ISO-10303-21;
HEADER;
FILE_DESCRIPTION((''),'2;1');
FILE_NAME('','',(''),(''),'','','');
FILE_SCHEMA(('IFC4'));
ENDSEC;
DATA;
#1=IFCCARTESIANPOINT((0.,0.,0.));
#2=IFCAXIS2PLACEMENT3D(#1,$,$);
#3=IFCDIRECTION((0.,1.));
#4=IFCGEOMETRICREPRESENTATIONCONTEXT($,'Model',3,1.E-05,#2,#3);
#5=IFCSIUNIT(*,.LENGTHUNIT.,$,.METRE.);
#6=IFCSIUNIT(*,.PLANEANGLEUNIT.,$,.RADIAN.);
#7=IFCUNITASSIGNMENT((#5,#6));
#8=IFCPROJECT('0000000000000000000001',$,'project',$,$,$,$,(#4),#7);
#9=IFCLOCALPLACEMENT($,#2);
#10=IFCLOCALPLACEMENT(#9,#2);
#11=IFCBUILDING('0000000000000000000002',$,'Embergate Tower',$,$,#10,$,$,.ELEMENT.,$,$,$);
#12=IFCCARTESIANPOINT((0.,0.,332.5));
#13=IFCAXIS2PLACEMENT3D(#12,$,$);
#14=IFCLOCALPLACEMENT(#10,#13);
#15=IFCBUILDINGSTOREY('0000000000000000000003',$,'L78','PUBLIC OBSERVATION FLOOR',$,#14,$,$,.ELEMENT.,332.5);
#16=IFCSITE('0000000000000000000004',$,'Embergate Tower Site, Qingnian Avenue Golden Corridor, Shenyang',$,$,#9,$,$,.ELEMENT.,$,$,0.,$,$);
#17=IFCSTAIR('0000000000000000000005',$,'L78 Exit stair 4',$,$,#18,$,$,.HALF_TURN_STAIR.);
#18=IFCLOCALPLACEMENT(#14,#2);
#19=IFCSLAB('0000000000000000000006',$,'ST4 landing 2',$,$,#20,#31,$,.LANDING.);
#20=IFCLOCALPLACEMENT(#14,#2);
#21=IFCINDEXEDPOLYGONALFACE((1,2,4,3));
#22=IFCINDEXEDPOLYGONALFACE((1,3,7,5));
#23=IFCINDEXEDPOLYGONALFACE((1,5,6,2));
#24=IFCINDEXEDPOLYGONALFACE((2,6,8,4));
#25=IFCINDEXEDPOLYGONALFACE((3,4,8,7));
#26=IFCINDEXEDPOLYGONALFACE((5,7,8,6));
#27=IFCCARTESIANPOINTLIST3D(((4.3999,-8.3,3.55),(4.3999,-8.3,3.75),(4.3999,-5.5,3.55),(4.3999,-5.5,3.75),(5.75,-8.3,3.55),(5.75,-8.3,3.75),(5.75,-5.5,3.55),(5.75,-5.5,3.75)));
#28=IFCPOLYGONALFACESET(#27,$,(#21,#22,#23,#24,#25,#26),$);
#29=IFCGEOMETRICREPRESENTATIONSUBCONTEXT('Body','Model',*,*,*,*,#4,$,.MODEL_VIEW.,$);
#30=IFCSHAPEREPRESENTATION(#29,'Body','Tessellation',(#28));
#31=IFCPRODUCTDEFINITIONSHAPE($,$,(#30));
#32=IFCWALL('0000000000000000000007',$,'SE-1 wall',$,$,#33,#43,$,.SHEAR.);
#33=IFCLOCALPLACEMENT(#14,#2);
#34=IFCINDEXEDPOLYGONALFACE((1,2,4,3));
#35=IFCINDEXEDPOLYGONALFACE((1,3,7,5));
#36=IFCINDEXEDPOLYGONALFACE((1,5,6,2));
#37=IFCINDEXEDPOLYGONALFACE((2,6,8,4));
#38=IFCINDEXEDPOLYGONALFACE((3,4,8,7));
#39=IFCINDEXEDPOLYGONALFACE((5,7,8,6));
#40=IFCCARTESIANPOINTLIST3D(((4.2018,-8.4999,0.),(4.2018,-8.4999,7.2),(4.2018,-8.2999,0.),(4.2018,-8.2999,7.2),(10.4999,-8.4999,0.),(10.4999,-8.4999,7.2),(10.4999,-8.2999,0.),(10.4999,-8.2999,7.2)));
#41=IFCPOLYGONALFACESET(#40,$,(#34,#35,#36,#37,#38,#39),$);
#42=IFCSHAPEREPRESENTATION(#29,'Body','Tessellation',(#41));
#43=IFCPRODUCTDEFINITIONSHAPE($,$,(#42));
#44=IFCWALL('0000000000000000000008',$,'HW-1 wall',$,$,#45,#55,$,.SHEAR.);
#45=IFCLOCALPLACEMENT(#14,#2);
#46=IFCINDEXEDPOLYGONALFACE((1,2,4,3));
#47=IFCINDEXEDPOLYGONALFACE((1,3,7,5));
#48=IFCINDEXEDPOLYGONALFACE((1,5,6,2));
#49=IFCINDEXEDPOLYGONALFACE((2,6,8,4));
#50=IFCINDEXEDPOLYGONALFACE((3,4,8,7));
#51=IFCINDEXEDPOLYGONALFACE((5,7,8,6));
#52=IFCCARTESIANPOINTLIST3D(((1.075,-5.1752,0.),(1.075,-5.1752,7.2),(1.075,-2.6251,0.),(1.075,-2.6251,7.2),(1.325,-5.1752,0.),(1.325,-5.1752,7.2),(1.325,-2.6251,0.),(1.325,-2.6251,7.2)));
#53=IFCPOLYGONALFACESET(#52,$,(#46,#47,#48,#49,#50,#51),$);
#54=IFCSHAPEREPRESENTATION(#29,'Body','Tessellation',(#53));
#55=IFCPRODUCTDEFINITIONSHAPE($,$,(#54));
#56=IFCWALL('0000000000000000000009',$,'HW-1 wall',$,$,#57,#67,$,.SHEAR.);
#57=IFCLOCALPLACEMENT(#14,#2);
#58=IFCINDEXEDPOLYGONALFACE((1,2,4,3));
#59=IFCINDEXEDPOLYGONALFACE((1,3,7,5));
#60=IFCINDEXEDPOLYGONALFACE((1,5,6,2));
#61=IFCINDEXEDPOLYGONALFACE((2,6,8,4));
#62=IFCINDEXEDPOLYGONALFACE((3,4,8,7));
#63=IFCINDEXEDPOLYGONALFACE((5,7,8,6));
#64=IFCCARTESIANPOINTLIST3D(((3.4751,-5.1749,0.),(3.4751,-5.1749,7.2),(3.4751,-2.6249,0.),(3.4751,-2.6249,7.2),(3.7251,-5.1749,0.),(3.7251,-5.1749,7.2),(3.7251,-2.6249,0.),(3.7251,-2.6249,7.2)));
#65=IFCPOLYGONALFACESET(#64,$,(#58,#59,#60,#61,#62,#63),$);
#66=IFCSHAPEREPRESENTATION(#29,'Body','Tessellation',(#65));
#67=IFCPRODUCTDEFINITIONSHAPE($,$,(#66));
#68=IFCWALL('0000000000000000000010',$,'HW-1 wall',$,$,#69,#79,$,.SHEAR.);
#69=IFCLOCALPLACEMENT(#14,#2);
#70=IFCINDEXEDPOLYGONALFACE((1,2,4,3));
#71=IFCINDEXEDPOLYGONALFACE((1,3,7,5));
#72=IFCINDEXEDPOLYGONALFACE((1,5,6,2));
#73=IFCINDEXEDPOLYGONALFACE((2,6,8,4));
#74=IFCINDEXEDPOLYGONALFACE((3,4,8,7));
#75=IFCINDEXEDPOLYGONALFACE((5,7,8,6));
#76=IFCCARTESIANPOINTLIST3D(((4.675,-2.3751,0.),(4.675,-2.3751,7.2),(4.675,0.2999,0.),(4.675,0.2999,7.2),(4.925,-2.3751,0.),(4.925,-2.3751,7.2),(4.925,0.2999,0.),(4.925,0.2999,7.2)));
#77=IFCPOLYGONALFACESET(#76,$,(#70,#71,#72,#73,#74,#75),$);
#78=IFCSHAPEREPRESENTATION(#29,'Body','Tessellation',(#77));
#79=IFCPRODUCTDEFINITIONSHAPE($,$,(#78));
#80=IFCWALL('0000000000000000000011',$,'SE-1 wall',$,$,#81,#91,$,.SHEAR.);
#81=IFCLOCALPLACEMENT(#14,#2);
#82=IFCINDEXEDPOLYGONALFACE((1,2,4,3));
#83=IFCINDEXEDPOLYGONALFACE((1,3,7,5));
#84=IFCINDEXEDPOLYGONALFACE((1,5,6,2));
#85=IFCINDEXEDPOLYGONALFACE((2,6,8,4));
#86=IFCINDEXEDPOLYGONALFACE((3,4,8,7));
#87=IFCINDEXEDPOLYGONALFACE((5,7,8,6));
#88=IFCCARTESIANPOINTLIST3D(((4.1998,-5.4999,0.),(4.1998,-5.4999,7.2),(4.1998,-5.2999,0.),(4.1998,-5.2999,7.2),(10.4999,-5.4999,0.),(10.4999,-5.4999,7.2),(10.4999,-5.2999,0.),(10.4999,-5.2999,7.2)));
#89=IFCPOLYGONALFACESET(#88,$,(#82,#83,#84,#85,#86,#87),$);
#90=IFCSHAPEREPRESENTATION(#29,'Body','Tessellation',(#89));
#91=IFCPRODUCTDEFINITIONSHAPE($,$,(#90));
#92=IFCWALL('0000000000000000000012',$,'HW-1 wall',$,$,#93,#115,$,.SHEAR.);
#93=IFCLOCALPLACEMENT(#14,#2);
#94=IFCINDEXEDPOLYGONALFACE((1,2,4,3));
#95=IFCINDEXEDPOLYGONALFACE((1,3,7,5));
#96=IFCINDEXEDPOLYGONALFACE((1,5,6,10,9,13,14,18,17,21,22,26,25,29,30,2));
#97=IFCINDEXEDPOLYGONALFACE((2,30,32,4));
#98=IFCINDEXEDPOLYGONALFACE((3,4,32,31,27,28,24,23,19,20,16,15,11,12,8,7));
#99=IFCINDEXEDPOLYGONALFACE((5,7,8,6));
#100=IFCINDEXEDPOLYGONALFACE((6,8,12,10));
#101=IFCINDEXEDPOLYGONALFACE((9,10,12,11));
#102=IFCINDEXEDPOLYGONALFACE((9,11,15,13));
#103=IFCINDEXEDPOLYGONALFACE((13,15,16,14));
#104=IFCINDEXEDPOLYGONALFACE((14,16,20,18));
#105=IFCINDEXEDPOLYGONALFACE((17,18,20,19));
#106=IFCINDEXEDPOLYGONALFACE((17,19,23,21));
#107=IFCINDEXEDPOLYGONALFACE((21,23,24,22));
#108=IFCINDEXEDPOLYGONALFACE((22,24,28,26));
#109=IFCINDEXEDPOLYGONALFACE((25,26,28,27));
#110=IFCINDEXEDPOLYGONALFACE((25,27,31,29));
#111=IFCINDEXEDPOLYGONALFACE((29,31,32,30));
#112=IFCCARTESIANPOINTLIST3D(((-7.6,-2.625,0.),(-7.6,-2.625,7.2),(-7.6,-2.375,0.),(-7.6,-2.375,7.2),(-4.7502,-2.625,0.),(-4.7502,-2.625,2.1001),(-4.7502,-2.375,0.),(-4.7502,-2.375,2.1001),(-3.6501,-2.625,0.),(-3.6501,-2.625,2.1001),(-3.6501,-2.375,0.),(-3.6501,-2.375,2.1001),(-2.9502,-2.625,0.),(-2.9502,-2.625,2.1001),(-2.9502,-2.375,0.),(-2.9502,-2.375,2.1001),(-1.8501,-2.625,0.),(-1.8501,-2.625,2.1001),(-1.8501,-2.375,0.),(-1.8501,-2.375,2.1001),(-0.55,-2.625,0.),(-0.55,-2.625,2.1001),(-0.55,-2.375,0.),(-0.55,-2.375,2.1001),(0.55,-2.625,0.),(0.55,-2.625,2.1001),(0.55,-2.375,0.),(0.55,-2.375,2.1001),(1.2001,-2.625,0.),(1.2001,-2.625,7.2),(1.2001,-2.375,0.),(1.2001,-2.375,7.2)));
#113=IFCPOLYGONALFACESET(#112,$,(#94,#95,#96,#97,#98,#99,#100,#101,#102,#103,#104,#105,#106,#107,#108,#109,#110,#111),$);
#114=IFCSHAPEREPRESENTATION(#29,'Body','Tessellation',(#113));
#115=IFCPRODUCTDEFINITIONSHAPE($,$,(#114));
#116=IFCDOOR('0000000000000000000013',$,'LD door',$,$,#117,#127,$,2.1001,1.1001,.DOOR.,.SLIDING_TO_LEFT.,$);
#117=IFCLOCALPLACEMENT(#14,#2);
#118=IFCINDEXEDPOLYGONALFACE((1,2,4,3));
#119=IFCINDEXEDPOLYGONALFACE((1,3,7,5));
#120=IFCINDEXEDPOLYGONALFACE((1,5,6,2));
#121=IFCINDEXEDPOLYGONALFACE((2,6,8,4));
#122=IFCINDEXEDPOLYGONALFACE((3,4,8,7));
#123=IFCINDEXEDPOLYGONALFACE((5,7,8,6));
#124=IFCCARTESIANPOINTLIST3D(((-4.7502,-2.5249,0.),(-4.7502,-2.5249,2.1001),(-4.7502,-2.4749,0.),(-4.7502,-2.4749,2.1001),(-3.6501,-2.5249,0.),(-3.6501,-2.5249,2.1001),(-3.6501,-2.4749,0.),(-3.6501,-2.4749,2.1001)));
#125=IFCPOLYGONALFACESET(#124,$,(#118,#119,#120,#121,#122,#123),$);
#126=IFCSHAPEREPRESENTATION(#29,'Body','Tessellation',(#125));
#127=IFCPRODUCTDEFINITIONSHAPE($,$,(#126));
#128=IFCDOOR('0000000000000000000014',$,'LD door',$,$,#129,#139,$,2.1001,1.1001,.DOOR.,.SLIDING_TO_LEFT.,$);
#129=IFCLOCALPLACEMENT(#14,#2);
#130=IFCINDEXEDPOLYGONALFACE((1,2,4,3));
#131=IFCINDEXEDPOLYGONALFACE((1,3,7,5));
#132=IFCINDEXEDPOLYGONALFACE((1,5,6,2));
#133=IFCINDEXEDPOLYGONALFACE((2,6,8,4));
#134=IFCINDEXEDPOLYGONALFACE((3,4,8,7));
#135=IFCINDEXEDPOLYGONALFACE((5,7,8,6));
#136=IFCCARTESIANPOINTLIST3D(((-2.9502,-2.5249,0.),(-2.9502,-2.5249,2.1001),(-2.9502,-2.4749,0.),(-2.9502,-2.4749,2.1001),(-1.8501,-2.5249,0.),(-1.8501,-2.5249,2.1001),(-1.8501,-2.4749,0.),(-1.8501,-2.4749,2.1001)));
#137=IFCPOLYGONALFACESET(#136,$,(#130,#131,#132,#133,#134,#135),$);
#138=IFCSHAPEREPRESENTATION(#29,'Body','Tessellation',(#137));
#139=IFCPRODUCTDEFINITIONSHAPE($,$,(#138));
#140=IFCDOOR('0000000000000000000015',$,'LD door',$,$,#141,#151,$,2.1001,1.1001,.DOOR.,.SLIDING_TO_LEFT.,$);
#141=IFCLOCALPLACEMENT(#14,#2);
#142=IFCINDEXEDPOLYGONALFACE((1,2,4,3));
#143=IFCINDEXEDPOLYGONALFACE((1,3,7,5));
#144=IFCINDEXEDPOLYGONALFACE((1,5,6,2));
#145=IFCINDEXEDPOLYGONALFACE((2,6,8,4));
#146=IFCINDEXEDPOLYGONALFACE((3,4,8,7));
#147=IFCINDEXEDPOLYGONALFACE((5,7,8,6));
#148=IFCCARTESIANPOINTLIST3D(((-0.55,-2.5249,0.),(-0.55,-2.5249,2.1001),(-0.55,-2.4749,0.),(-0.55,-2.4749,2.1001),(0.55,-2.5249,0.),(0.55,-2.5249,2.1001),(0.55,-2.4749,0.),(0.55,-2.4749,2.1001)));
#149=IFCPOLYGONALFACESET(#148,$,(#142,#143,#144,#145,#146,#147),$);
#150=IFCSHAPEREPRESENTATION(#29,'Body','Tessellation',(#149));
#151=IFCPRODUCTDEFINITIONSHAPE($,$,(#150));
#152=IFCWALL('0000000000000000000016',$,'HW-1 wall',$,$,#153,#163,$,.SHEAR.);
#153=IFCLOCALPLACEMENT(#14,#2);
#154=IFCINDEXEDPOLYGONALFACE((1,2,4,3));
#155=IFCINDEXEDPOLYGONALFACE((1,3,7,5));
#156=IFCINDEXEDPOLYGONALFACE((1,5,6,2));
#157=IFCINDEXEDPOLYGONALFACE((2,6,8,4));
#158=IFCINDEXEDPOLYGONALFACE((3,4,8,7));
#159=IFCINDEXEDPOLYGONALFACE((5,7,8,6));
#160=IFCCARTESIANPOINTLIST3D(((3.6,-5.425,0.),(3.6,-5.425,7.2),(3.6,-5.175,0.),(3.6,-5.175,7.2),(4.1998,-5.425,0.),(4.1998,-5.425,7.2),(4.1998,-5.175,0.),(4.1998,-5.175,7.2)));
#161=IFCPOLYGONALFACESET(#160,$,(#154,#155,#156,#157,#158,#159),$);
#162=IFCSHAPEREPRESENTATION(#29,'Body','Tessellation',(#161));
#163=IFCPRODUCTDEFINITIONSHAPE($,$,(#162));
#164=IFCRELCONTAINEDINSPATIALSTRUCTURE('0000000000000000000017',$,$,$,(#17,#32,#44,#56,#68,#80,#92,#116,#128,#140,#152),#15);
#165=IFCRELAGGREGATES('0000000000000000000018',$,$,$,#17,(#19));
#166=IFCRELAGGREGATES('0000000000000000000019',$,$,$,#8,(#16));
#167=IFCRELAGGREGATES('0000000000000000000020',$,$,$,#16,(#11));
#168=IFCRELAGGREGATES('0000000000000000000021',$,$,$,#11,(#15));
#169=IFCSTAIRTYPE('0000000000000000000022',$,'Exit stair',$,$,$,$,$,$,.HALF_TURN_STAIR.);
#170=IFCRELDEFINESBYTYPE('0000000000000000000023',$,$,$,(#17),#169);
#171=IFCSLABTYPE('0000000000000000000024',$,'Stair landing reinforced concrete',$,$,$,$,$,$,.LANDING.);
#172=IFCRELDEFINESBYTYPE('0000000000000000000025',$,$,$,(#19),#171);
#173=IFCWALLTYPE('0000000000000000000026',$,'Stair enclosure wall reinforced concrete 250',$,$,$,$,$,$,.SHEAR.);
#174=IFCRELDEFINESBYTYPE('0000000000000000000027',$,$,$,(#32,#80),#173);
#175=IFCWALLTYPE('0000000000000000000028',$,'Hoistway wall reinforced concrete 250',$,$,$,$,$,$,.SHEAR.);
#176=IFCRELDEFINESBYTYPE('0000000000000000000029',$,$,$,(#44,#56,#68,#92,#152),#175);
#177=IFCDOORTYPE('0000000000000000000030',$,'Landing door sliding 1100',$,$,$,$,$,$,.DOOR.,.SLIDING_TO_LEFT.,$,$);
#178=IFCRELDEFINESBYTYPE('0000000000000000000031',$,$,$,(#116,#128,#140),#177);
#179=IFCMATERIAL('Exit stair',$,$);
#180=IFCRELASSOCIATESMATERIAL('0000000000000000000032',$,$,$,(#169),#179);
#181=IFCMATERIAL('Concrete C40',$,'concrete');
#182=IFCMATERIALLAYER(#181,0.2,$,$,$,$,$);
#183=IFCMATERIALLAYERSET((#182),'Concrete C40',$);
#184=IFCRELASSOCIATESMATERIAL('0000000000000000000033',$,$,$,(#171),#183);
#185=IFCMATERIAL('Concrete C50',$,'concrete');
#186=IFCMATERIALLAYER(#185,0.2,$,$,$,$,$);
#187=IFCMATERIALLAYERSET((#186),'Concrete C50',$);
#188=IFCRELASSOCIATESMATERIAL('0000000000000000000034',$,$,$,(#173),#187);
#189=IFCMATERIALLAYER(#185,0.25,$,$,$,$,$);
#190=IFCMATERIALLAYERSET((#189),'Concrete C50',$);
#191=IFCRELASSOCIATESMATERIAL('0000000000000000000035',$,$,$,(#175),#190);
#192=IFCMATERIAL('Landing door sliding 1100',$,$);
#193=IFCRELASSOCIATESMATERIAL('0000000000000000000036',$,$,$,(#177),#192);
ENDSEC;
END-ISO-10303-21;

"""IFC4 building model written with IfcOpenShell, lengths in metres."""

from ifc_helpers import new_model, si_unit, direction, frame, frame_2d, origin, place, context, subcontext, project, spatial, polyline, rectangle, outline, extrude, source, transform, mapped, material, layer, layer_set, type_object, element, fill, aggregate, save


model = new_model("IFC4")

# Units and contexts
model_context = context("Model", 3, precision=1e-05, world=origin(), true_north=direction((0.0, 1.0)))
body_context = subcontext(model_context, "Body", "Model", "MODEL_VIEW")
ifc_project = project(units=[si_unit("LENGTHUNIT", "METRE"), si_unit("PLANEANGLEUNIT", "RADIAN")], contexts=[model_context])

# Site, building, storey
site_placement = place(None, origin())
site = spatial("IfcSite", under=ifc_project, at=site_placement, Name="Embergate Tower Site, Qingnian Avenue Golden Corridor, Shenyang", CompositionType="ELEMENT", RefElevation=0.0)
building_placement = place(site_placement, origin())
building = spatial("IfcBuilding", under=site, at=building_placement, Name="Embergate Tower", CompositionType="ELEMENT")
storey_placement = place(building_placement, frame((0.0, 0.0, 332.5)))
storey = spatial("IfcBuildingStorey", under=building, at=storey_placement, Name="L78", Description="PUBLIC OBSERVATION FLOOR", CompositionType="ELEMENT", Elevation=332.5)

# Stair, slab
ifc_material_1 = material(Name="Exit stair")
stair_type = type_object("IfcStairType", Name="Exit stair", PredefinedType="HALF_TURN_STAIR", material=ifc_material_1)
stair_placement = place(storey_placement, origin())
stair = element("IfcStair", 1, at=stair_placement, inside=storey, type_object=stair_type, Name="L78 Exit stair 4", PredefinedType="HALF_TURN_STAIR")
ifc_material_2 = material(Name="Concrete C40", Category="concrete")
ifc_layer_1 = layer(ifc_material_2, 0.2)
ifc_layer_set_1 = layer_set([ifc_layer_1], Name="Concrete C40")
slab_type = type_object("IfcSlabType", Name="Stair landing reinforced concrete", PredefinedType="LANDING", material=ifc_layer_set_1)
shared_shape_1 = source(origin(), body_context, "Body", "SweptSolid", [
    extrude(outline(polyline([(0.0, 0.0), (1.3501, 0.0), (1.3501, 2.8), (0.0, 2.8), (0.0, 0.0)])), origin(), (0.0, 0.0, 1.0), 0.2),
])
slab_placement = place(storey_placement, frame((4.3999, -8.3, 3.55)))
slab = element("IfcSlab", 2, at=slab_placement, type_object=slab_type, Name="ST4 landing 2", PredefinedType="LANDING", context=body_context, shape_type="MappedRepresentation", body=[
    mapped(shared_shape_1, transform((0.0, 0.0, 0.0))),
])
aggregate(stair, [slab])

# Walls
ifc_material_3 = material(Name="Concrete C50", Category="concrete")
ifc_layer_2 = layer(ifc_material_3, 0.2)
ifc_layer_set_2 = layer_set([ifc_layer_2], Name="Concrete C50")
wall_type_1 = type_object("IfcWallType", Name="Stair enclosure wall reinforced concrete 250", PredefinedType="SHEAR", material=ifc_layer_set_2)
shared_shape_2 = source(origin(), body_context, "Body", "SweptSolid", [
    extrude(rectangle(XDim=6.2981, YDim=0.2, at=frame_2d((3.1489, 0.0))), origin(), (0.0, 0.0, 1.0), 7.2),
])
wall_1_placement = place(storey_placement, frame((4.2019, -8.3999, 0.0), z_axis=(0.0, 0.0, 1.0), x_axis=(1.0, 0.0, 0.0)))
element("IfcWall", 3, at=wall_1_placement, inside=storey, type_object=wall_type_1, Name="SE-1 wall", PredefinedType="SHEAR", context=body_context, shape_type="MappedRepresentation", body=[
    mapped(shared_shape_2, transform((0.0, 0.0, 0.0))),
])
ifc_layer_3 = layer(ifc_material_3, 0.25)
ifc_layer_set_3 = layer_set([ifc_layer_3], Name="Concrete C50")
wall_type_2 = type_object("IfcWallType", Name="Hoistway wall reinforced concrete 250", PredefinedType="SHEAR", material=ifc_layer_set_3)
shared_shape_3 = source(origin(), body_context, "Body", "SweptSolid", [
    extrude(rectangle(XDim=2.55, YDim=0.25, at=frame_2d((1.2749, 0.0))), origin(), (0.0, 0.0, 1.0), 7.2),
])
for number, where, z_axis, x_axis, name in (
    (4, (1.2, -5.175, 0.0), (0.0, 0.0, 1.0), (0.0, 1.0, 0.0), "HW-1 wall"),
    (5, (3.6001, -2.625, 0.0), (0.0, 0.0, 1.0), (0.0, -1.0, 0.0), "HW-1 wall"),
):
    element("IfcWall", number, at=place(storey_placement, frame(where, z_axis=z_axis, x_axis=x_axis)), inside=storey, type_object=wall_type_2, Name=name, PredefinedType="SHEAR", context=body_context, shape_type="MappedRepresentation", body=[
        mapped(shared_shape_3, transform((0.0, 0.0, 0.0))),
    ])
shared_shape_4 = source(origin(), body_context, "Body", "SweptSolid", [
    extrude(rectangle(XDim=2.675, YDim=0.25, at=frame_2d((1.3374, 0.0))), origin(), (0.0, 0.0, 1.0), 7.2),
])
wall_2_placement = place(storey_placement, frame((4.8, -2.375, 0.0), z_axis=(0.0, 0.0, 1.0), x_axis=(0.0, 1.0, 0.0)))
element("IfcWall", 6, at=wall_2_placement, inside=storey, type_object=wall_type_2, Name="HW-1 wall", PredefinedType="SHEAR", context=body_context, shape_type="MappedRepresentation", body=[
    mapped(shared_shape_4, transform((0.0, 0.0, 0.0))),
])
shared_shape_5 = source(origin(), body_context, "Body", "SweptSolid", [
    extrude(rectangle(XDim=6.3, YDim=0.2, at=frame_2d((3.1499, 0.0))), origin(), (0.0, 0.0, 1.0), 7.2),
])
wall_3_placement = place(storey_placement, frame((4.2, -5.3999, 0.0), z_axis=(0.0, 0.0, 1.0), x_axis=(1.0, 0.0, 0.0)))
element("IfcWall", 7, at=wall_3_placement, inside=storey, type_object=wall_type_1, Name="SE-1 wall", PredefinedType="SHEAR", context=body_context, shape_type="MappedRepresentation", body=[
    mapped(shared_shape_5, transform((0.0, 0.0, 0.0))),
])

# Wall, openings, doors
shared_shape_6 = source(origin(), body_context, "Body", "SweptSolid", [
    extrude(rectangle(XDim=8.8, YDim=0.25, at=frame_2d((4.3999, 0.0))), origin(), (0.0, 0.0, 1.0), 7.2),
])
wall_4_placement = place(storey_placement, frame((1.2, -2.5, 0.0), z_axis=(0.0, 0.0, 1.0), x_axis=(-1.0, 0.0, 0.0)))
wall_4 = element("IfcWall", 8, at=wall_4_placement, inside=storey, type_object=wall_type_2, Name="HW-1 wall", PredefinedType="SHEAR", context=body_context, shape_type="MappedRepresentation", body=[
    mapped(shared_shape_6, transform((0.0, 0.0, 0.0))),
])
shared_shape_7 = source(origin(), body_context, "Body", "SweptSolid", [
    extrude(rectangle(XDim=1.1001, YDim=2.1001, at=frame_2d((0.55, 1.05))), frame((0.0, 0.135, 0.0), z_axis=(0.0, -1.0, 0.0), x_axis=(1.0, 0.0, 0.0)), (0.0, 0.0, 1.0), 0.27),
])
opening_1_placement = place(wall_4_placement, frame((4.8501, 0.0, 0.0)))
opening_1 = element("IfcOpeningElement", 9, at=opening_1_placement, cuts=wall_4, PredefinedType="OPENING", context=body_context, shape_type="MappedRepresentation", body=[
    mapped(shared_shape_7, transform((0.0, 0.0, 0.0))),
])
opening_2_placement = place(wall_4_placement, frame((3.05, 0.0, 0.0)))
opening_2 = element("IfcOpeningElement", 10, at=opening_2_placement, cuts=wall_4, PredefinedType="OPENING", context=body_context, shape_type="MappedRepresentation", body=[
    mapped(shared_shape_7, transform((0.0, 0.0, 0.0))),
])
opening_3_placement = place(wall_4_placement, frame((0.6499, 0.0, 0.0)))
opening_3 = element("IfcOpeningElement", 11, at=opening_3_placement, cuts=wall_4, PredefinedType="OPENING", context=body_context, shape_type="MappedRepresentation", body=[
    mapped(shared_shape_7, transform((0.0, 0.0, 0.0))),
])
ifc_material_4 = material(Name="Landing door sliding 1100")
door_type_1 = type_object("IfcDoorType", Name="Landing door sliding 1100", OperationType="SLIDING_TO_LEFT", PredefinedType="DOOR", material=ifc_material_4)
shared_shape_8 = source(origin(), body_context, "Body", "SweptSolid", [
    extrude(rectangle(XDim=1.1001, YDim=2.1001, at=frame_2d((0.55, 1.05))), frame((0.0, 0.0249, 0.0), z_axis=(0.0, -1.0, 0.0), x_axis=(1.0, 0.0, 0.0)), (0.0, 0.0, 1.0), 0.05),
])
door_1_placement = place(opening_1_placement, origin())
door_1 = element("IfcDoor", 12, at=door_1_placement, inside=storey, type_object=door_type_1, Name="LD door", OperationType="SLIDING_TO_LEFT", OverallHeight=2.1001, OverallWidth=1.1001, PredefinedType="DOOR", context=body_context, shape_type="MappedRepresentation", body=[
    mapped(shared_shape_8, transform((0.0, 0.0, 0.0))),
])
fill(opening_1, door_1)
door_2_placement = place(opening_2_placement, origin())
door_2 = element("IfcDoor", 13, at=door_2_placement, inside=storey, type_object=door_type_1, Name="LD door", OperationType="SLIDING_TO_LEFT", OverallHeight=2.1001, OverallWidth=1.1001, PredefinedType="DOOR", context=body_context, shape_type="MappedRepresentation", body=[
    mapped(shared_shape_8, transform((0.0, 0.0, 0.0))),
])
fill(opening_2, door_2)
door_3_placement = place(opening_3_placement, origin())
door_3 = element("IfcDoor", 14, at=door_3_placement, inside=storey, type_object=door_type_1, Name="LD door", OperationType="SLIDING_TO_LEFT", OverallHeight=2.1001, OverallWidth=1.1001, PredefinedType="DOOR", context=body_context, shape_type="MappedRepresentation", body=[
    mapped(shared_shape_8, transform((0.0, 0.0, 0.0))),
])
fill(opening_3, door_3)

# Wall
shared_shape_9 = source(origin(), body_context, "Body", "SweptSolid", [
    extrude(rectangle(XDim=0.5999, YDim=0.25, at=frame_2d((0.2998, 0.0))), origin(), (0.0, 0.0, 1.0), 7.2),
])
wall_5_placement = place(storey_placement, frame((3.6001, -5.3, 0.0), z_axis=(0.0, 0.0, 1.0), x_axis=(1.0, 0.0, 0.0)))
element("IfcWall", 15, at=wall_5_placement, inside=storey, type_object=wall_type_2, Name="HW-1 wall", PredefinedType="SHEAR", context=body_context, shape_type="MappedRepresentation", body=[
    mapped(shared_shape_9, transform((0.0, 0.0, 0.0))),
])

save(model, "model.ifc")
